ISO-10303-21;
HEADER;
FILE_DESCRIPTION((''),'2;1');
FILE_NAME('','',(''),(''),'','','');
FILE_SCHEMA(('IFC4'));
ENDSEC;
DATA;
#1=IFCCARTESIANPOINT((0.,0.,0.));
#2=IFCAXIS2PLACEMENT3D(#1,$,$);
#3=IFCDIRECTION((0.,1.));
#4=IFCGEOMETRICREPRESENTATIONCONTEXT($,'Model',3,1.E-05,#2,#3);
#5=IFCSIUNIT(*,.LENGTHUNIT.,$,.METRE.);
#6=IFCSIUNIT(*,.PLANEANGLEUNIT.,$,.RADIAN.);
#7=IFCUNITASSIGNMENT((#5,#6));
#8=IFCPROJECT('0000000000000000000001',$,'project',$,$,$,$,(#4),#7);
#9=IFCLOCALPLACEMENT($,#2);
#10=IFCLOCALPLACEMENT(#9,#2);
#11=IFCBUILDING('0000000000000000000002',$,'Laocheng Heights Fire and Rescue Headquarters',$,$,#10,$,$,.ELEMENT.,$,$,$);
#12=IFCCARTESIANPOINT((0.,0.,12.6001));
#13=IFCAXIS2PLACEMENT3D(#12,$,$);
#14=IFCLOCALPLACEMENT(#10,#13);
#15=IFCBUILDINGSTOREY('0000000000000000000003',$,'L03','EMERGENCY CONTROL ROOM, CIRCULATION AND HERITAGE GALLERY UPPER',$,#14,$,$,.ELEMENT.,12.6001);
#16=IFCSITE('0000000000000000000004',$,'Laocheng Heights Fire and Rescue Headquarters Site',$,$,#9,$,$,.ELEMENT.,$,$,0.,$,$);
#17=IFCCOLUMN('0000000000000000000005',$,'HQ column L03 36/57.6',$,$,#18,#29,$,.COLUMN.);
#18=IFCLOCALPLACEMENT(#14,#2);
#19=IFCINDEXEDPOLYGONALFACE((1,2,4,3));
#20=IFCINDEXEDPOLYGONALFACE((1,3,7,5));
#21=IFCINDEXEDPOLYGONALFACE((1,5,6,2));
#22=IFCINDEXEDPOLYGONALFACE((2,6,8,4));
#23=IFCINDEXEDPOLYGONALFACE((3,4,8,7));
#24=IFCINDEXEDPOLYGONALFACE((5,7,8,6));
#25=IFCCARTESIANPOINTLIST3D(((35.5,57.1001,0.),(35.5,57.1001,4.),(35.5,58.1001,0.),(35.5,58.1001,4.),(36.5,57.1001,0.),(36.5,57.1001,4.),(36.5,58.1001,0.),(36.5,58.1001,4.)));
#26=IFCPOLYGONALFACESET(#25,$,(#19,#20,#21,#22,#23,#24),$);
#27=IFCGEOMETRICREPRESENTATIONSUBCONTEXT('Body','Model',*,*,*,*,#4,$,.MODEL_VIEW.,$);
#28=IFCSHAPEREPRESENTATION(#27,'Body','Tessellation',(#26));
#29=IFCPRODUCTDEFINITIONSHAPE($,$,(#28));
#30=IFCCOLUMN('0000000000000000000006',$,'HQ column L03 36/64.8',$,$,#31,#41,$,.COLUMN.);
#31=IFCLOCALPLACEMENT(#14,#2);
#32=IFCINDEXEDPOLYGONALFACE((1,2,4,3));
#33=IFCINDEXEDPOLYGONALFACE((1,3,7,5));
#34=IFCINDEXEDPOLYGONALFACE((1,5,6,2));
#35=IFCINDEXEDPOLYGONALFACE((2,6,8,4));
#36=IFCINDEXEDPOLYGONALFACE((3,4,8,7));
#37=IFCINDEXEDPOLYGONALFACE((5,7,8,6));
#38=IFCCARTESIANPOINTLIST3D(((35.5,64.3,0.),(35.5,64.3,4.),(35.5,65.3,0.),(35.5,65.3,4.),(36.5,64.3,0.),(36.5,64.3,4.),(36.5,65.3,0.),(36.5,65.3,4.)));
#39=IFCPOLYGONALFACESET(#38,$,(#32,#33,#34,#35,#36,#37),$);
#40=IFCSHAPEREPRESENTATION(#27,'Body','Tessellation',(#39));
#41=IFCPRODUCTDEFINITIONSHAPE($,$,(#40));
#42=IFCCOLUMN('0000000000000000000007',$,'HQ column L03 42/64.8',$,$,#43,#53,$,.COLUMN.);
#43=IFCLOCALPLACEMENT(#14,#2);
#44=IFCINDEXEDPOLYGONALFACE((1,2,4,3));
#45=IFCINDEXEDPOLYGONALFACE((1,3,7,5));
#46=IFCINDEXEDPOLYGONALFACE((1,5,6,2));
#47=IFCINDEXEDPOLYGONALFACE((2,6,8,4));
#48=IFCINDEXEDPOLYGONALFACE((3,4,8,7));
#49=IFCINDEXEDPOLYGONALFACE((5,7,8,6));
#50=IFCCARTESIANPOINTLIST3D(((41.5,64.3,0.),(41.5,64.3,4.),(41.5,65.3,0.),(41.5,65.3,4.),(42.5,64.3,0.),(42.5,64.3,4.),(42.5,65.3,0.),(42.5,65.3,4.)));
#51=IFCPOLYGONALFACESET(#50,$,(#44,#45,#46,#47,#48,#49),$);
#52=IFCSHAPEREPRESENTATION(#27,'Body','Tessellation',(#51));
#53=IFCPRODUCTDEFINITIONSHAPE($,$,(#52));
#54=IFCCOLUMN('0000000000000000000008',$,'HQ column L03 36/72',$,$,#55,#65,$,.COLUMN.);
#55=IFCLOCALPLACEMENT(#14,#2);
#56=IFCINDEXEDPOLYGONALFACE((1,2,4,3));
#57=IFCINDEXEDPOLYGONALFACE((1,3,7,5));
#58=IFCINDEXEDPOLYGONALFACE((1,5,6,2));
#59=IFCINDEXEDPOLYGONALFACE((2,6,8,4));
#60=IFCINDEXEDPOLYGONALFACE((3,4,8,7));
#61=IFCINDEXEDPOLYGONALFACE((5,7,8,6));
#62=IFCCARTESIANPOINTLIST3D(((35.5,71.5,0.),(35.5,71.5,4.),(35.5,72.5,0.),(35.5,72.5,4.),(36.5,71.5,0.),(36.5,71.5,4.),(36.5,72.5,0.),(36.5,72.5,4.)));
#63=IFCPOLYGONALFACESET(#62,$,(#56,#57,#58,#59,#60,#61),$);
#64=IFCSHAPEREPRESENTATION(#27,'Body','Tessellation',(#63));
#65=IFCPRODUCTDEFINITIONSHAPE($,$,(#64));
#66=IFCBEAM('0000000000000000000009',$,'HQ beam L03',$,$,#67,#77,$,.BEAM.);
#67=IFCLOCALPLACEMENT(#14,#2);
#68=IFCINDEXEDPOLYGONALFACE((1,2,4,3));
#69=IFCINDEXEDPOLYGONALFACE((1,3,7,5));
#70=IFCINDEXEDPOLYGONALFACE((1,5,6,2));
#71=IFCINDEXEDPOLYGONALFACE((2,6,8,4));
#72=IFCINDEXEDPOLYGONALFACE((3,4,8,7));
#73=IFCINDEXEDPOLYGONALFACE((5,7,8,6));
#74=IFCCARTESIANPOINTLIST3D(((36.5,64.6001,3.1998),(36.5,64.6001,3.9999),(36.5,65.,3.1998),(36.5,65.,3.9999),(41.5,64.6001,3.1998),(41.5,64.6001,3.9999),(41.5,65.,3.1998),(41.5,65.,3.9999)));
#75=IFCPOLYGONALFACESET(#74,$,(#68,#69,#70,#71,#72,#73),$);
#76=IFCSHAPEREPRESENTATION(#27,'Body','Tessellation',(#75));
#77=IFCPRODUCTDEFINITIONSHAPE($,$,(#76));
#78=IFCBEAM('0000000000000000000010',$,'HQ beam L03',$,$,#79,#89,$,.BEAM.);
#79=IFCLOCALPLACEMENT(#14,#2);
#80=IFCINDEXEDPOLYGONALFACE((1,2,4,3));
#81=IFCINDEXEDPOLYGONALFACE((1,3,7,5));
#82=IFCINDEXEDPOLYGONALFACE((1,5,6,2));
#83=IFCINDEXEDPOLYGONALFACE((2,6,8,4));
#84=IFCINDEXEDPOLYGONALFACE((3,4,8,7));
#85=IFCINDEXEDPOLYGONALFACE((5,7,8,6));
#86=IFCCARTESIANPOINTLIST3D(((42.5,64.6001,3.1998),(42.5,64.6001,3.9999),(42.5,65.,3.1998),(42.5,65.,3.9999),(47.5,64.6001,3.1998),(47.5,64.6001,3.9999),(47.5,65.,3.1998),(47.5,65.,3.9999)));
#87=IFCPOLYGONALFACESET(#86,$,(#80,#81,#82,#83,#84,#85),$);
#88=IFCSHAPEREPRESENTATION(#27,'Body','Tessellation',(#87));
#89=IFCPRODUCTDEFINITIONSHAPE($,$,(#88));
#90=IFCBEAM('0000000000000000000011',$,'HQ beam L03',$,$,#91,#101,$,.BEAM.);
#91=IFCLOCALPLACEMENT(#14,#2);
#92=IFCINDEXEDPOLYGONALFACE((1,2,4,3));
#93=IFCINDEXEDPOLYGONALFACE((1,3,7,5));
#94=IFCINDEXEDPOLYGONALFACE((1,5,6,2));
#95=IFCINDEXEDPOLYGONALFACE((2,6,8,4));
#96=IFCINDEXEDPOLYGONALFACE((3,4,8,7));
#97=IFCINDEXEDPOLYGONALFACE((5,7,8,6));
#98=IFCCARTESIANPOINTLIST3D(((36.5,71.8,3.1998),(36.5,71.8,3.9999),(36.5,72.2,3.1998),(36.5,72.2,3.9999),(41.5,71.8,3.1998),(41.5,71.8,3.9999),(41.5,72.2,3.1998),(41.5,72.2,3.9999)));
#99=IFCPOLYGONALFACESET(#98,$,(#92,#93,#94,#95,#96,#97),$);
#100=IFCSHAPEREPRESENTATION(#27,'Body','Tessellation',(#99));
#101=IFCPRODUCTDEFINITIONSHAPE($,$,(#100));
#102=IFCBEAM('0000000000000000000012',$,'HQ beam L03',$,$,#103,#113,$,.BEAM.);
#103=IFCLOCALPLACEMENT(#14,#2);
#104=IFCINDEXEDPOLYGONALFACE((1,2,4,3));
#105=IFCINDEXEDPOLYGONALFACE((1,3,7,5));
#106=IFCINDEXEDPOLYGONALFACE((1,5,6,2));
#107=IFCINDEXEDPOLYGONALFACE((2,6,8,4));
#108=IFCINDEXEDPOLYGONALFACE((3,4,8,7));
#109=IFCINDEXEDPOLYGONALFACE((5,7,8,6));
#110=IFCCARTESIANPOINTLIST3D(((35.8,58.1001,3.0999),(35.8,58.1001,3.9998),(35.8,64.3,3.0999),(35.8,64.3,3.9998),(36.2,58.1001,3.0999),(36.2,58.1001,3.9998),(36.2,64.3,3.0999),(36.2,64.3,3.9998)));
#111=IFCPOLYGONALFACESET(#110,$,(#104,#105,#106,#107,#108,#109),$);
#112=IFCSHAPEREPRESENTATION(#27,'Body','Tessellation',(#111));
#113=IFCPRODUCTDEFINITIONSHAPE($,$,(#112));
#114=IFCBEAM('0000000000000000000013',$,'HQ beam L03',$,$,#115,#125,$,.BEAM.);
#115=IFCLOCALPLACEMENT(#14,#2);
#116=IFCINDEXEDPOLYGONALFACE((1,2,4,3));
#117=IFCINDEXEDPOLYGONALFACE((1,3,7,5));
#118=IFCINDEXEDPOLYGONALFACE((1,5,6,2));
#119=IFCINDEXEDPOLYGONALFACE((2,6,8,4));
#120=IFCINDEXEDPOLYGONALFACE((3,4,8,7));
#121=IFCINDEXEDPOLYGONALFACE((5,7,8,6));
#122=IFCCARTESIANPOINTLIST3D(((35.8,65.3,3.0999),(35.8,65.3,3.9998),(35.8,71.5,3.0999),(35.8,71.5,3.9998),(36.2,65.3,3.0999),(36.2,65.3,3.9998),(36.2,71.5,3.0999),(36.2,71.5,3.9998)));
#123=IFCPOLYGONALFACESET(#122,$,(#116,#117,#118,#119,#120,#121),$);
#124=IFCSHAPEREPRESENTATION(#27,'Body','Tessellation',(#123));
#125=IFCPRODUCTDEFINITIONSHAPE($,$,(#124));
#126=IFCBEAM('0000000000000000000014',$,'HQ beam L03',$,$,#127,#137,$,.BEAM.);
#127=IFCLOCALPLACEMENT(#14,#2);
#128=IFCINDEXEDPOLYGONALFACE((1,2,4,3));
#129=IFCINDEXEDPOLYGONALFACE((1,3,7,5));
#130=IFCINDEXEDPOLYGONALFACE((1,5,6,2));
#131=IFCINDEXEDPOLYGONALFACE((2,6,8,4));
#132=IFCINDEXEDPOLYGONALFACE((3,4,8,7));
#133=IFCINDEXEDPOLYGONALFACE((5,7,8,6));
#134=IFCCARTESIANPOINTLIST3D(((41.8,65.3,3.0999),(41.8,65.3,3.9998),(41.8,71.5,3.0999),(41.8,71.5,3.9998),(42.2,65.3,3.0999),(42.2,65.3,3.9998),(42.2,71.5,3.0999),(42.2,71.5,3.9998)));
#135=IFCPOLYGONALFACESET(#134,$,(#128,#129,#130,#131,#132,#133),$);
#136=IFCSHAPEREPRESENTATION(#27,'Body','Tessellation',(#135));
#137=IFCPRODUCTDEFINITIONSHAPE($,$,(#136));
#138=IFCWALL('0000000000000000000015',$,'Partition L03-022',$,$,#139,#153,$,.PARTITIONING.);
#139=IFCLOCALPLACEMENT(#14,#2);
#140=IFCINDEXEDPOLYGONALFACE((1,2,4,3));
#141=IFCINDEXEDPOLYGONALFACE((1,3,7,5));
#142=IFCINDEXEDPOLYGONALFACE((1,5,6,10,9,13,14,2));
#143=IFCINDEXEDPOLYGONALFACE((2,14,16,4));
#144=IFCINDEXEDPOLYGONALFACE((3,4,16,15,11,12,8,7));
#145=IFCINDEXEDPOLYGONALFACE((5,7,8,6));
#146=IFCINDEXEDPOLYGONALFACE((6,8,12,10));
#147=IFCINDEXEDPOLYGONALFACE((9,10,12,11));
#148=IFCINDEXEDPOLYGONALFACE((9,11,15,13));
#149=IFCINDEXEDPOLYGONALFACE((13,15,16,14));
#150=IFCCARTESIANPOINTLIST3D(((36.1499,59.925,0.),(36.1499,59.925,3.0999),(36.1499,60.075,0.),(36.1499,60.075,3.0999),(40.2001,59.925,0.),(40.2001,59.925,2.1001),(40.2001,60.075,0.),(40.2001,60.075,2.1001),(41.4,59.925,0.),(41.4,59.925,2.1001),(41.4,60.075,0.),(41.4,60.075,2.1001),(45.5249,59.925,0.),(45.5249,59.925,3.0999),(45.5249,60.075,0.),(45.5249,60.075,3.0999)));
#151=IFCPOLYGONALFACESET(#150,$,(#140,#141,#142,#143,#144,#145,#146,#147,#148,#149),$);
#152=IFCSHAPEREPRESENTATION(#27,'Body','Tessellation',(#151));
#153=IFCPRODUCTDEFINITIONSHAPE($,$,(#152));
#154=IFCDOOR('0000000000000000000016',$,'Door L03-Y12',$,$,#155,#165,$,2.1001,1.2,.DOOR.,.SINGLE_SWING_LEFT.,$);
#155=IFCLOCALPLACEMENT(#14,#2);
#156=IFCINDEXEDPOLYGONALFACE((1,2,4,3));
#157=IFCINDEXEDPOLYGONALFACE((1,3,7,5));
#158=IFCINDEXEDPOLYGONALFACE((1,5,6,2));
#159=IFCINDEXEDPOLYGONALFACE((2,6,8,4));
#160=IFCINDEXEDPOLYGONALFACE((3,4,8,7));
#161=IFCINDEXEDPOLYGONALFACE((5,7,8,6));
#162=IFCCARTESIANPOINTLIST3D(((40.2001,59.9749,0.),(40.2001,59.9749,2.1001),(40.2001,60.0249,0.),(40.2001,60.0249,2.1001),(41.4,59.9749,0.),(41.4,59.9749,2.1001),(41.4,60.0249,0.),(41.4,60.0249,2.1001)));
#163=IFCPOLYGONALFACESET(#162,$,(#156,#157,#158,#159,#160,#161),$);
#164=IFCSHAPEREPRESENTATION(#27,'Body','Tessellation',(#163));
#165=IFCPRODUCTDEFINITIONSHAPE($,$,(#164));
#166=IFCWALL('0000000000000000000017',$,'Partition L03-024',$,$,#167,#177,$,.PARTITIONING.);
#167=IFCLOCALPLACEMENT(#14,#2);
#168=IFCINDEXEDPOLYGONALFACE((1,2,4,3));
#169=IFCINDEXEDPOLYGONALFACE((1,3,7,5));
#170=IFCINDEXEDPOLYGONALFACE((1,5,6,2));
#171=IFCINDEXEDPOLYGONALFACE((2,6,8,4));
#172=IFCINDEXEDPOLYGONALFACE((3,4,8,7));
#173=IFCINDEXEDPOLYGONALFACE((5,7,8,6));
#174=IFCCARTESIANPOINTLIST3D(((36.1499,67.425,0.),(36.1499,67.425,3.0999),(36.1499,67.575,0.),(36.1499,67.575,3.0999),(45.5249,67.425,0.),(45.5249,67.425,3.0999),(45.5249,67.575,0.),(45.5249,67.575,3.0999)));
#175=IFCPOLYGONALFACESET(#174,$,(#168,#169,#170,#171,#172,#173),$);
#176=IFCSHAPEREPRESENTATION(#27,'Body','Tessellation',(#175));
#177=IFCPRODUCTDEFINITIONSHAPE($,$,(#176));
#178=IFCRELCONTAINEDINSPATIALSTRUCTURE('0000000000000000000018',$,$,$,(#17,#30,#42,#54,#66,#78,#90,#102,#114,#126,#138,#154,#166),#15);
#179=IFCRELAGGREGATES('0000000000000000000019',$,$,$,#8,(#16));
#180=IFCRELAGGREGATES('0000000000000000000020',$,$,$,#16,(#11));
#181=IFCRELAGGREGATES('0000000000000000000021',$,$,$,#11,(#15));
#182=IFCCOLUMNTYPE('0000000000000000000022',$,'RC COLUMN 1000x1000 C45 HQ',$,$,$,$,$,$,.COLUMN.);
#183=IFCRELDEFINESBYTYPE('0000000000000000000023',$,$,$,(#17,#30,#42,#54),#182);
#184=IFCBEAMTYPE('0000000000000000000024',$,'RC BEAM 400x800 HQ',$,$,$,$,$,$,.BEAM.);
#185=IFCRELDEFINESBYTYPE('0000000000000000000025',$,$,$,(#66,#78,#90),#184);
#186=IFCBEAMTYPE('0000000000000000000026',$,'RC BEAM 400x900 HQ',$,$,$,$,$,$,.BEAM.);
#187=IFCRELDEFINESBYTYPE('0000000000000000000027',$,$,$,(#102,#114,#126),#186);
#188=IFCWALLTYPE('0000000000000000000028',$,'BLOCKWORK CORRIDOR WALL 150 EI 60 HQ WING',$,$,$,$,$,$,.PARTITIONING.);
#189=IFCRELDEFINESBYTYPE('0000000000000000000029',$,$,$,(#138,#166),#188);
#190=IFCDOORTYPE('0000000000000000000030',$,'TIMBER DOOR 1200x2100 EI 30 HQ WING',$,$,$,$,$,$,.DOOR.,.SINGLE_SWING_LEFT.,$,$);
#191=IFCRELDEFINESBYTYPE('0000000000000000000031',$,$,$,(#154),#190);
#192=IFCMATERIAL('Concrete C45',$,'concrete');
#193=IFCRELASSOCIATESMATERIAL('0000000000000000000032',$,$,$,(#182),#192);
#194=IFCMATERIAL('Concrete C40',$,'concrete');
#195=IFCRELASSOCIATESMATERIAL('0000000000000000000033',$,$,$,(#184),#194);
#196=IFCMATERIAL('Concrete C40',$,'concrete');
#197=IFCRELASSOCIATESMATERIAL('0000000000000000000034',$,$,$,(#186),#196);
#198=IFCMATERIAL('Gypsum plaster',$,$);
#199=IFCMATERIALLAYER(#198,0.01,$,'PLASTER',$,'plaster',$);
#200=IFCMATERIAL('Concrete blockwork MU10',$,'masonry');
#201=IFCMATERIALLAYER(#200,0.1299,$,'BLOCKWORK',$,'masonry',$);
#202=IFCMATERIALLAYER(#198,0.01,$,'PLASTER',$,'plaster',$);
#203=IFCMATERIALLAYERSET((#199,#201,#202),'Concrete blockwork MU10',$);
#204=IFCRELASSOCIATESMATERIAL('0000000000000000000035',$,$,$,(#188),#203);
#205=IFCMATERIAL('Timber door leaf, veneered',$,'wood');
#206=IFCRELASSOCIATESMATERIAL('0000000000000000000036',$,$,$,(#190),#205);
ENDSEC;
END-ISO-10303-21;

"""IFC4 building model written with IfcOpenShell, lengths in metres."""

from ifc_helpers import new_model, si_unit, direction, frame, frame_2d, origin, origin_2d, place, context, subcontext, project, spatial, rectangle, extrude, material, layer, layer_set, material_profile, profile_set, type_object, element, fill, save


model = new_model("IFC4")

# Units and contexts
model_context = context("Model", 3, precision=1e-05, world=origin(), true_north=direction((0.0, 1.0)))
body_context = subcontext(model_context, "Body", "Model", "MODEL_VIEW")
ifc_project = project(units=[si_unit("LENGTHUNIT", "METRE"), si_unit("PLANEANGLEUNIT", "RADIAN")], contexts=[model_context])

# Site, building, storey
site_placement = place(None, origin())
site = spatial("IfcSite", under=ifc_project, at=site_placement, Name="Laocheng Heights Fire and Rescue Headquarters Site", CompositionType="ELEMENT", RefElevation=0.0)
building_placement = place(site_placement, origin())
building = spatial("IfcBuilding", under=site, at=building_placement, Name="Laocheng Heights Fire and Rescue Headquarters", CompositionType="ELEMENT")
storey_placement = place(building_placement, frame((0.0, 0.0, 12.6001)))
storey = spatial("IfcBuildingStorey", under=building, at=storey_placement, Name="L03", Description="EMERGENCY CONTROL ROOM, CIRCULATION AND HERITAGE GALLERY UPPER", CompositionType="ELEMENT", Elevation=12.6001)

# Columns
ifc_material_1 = material(Name="Concrete C45", Category="concrete")
ifc_material_profile_1 = material_profile(ifc_material_1, rectangle(XDim=1.0, YDim=1.0, at=origin_2d()), Name="RC COLUMN 1000x1000 C45 HQ")
ifc_profile_set_1 = profile_set([ifc_material_profile_1], Name="Concrete C45")
column_type = type_object("IfcColumnType", Name="RC COLUMN 1000x1000 C45 HQ", PredefinedType="COLUMN", material=ifc_profile_set_1)
for number, where, z_axis, x_axis, name in (
    (1, (36.0, 57.6001, 0.0), (0.0, 0.0, 1.0), (1.0, 0.0, 0.0), "HQ column L03 36/57.6"),
    (2, (36.0, 64.8, 0.0), (0.0, 0.0, 1.0), (1.0, 0.0, 0.0), "HQ column L03 36/64.8"),
    (3, (42.0, 64.8, 0.0), (0.0, 0.0, 1.0), (1.0, 0.0, 0.0), "HQ column L03 42/64.8"),
    (4, (36.0, 72.0, 0.0), (0.0, 0.0, 1.0), (1.0, 0.0, 0.0), "HQ column L03 36/72"),
):
    element("IfcColumn", number, at=place(storey_placement, frame(where, z_axis=z_axis, x_axis=x_axis)), inside=storey, type_object=column_type, Name=name, PredefinedType="COLUMN", context=body_context, shape_type="SweptSolid", body=[
        extrude(rectangle(XDim=1.0, YDim=1.0, at=origin_2d()), origin(), (0.0, 0.0, 1.0), 4.0),
    ])

# Beams
ifc_material_2 = material(Name="Concrete C40", Category="concrete")
ifc_material_profile_2 = material_profile(ifc_material_2, rectangle(XDim=0.3999, YDim=0.8, at=origin_2d()), Name="RC BEAM 400x800 HQ")
ifc_profile_set_2 = profile_set([ifc_material_profile_2], Name="Concrete C40")
beam_type_1 = type_object("IfcBeamType", Name="RC BEAM 400x800 HQ", PredefinedType="BEAM", material=ifc_profile_set_2)
for number, where, z_axis, x_axis, name in (
    (5, (36.5, 64.8, 3.5999), (1.0, 0.0, 0.0), (0.0, 1.0, 0.0), "HQ beam L03"),
    (6, (42.5, 64.8, 3.5999), (1.0, 0.0, 0.0), (0.0, 1.0, 0.0), "HQ beam L03"),
    (7, (36.5, 72.0, 3.5999), (1.0, 0.0, 0.0), (0.0, 1.0, 0.0), "HQ beam L03"),
):
    element("IfcBeam", number, at=place(storey_placement, frame(where, z_axis=z_axis, x_axis=x_axis)), inside=storey, type_object=beam_type_1, Name=name, PredefinedType="BEAM", context=body_context, shape_type="SweptSolid", body=[
        extrude(rectangle(XDim=0.3999, YDim=0.8, at=origin_2d()), origin(), (0.0, 0.0, 1.0), 5.0),
    ])
ifc_material_3 = material(Name="Concrete C40", Category="concrete")
ifc_material_profile_3 = material_profile(ifc_material_3, rectangle(XDim=0.3999, YDim=0.8999, at=origin_2d()), Name="RC BEAM 400x900 HQ")
ifc_profile_set_3 = profile_set([ifc_material_profile_3], Name="Concrete C40")
beam_type_2 = type_object("IfcBeamType", Name="RC BEAM 400x900 HQ", PredefinedType="BEAM", material=ifc_profile_set_3)
for number, where, z_axis, x_axis, name in (
    (8, (36.0, 58.1001, 3.5498), (0.0, 1.0, 0.0), (-1.0, 0.0, 0.0), "HQ beam L03"),
    (9, (36.0, 65.3, 3.5498), (0.0, 1.0, 0.0), (-1.0, 0.0, 0.0), "HQ beam L03"),
    (10, (42.0, 65.3, 3.5498), (0.0, 1.0, 0.0), (-1.0, 0.0, 0.0), "HQ beam L03"),
):
    element("IfcBeam", number, at=place(storey_placement, frame(where, z_axis=z_axis, x_axis=x_axis)), inside=storey, type_object=beam_type_2, Name=name, PredefinedType="BEAM", context=body_context, shape_type="SweptSolid", body=[
        extrude(rectangle(XDim=0.3999, YDim=0.8999, at=origin_2d()), origin(), (0.0, 0.0, 1.0), 6.2),
    ])

# Wall, opening, door
ifc_material_4 = material(Name="Gypsum plaster")
ifc_layer_1 = layer(ifc_material_4, 0.01, Name="PLASTER", Category="plaster")
ifc_material_5 = material(Name="Concrete blockwork MU10", Category="masonry")
ifc_layer_2 = layer(ifc_material_5, 0.1299, Name="BLOCKWORK", Category="masonry")
ifc_layer_3 = layer(ifc_material_4, 0.01, Name="PLASTER", Category="plaster")
ifc_layer_set_1 = layer_set([ifc_layer_1, ifc_layer_2, ifc_layer_3], Name="Concrete blockwork MU10")
wall_type_1 = type_object("IfcWallType", Name="BLOCKWORK CORRIDOR WALL 150 EI 60 HQ WING", PredefinedType="PARTITIONING", material=ifc_layer_set_1)
wall_1_placement = place(storey_placement, frame((36.1499, 60.0, 0.0), z_axis=(0.0, 0.0, 1.0), x_axis=(1.0, 0.0, 0.0)))
wall_1 = element("IfcWall", 11, at=wall_1_placement, inside=storey, type_object=wall_type_1, Name="Partition L03-022", PredefinedType="PARTITIONING", context=body_context, shape_type="SweptSolid", body=[
    extrude(rectangle(XDim=9.375, YDim=0.1499, at=frame_2d((4.6875, 0.0))), origin(), (0.0, 0.0, 1.0), 3.0999),
])
opening_1_placement = place(wall_1_placement, frame((4.05, 0.0, 0.0)))
opening_1 = element("IfcOpeningElement", 12, at=opening_1_placement, cuts=wall_1, PredefinedType="OPENING", context=body_context, shape_type="SweptSolid", body=[
    extrude(rectangle(XDim=1.2, YDim=2.1001, at=frame_2d((0.6001, 1.05))), frame((0.0, 0.085, 0.0), z_axis=(0.0, -1.0, 0.0), x_axis=(1.0, 0.0, 0.0)), (0.0, 0.0, 1.0), 0.1699),
])
ifc_material_6 = material(Name="Timber door leaf, veneered", Category="wood")
door_type = type_object("IfcDoorType", Name="TIMBER DOOR 1200x2100 EI 30 HQ WING", OperationType="SINGLE_SWING_LEFT", PredefinedType="DOOR", material=ifc_material_6)
door_placement = place(opening_1_placement, origin())
door = element("IfcDoor", 13, at=door_placement, inside=storey, type_object=door_type, Name="Door L03-Y12", OperationType="SINGLE_SWING_LEFT", OverallHeight=2.1001, OverallWidth=1.2, PredefinedType="DOOR", context=body_context, shape_type="SweptSolid", body=[
    extrude(rectangle(XDim=1.2, YDim=2.1001, at=frame_2d((0.6001, 1.05))), frame((0.0, 0.0249, 0.0), z_axis=(0.0, -1.0, 0.0), x_axis=(1.0, 0.0, 0.0)), (0.0, 0.0, 1.0), 0.05),
])
fill(opening_1, door)

# Wall
wall_2_placement = place(storey_placement, frame((36.1499, 67.5, 0.0), z_axis=(0.0, 0.0, 1.0), x_axis=(1.0, 0.0, 0.0)))
element("IfcWall", 14, at=wall_2_placement, inside=storey, type_object=wall_type_1, Name="Partition L03-024", PredefinedType="PARTITIONING", context=body_context, shape_type="SweptSolid", body=[
    extrude(rectangle(XDim=9.375, YDim=0.1499, at=frame_2d((4.6875, 0.0))), origin(), (0.0, 0.0, 1.0), 3.0999),
])

save(model, "model.ifc")
